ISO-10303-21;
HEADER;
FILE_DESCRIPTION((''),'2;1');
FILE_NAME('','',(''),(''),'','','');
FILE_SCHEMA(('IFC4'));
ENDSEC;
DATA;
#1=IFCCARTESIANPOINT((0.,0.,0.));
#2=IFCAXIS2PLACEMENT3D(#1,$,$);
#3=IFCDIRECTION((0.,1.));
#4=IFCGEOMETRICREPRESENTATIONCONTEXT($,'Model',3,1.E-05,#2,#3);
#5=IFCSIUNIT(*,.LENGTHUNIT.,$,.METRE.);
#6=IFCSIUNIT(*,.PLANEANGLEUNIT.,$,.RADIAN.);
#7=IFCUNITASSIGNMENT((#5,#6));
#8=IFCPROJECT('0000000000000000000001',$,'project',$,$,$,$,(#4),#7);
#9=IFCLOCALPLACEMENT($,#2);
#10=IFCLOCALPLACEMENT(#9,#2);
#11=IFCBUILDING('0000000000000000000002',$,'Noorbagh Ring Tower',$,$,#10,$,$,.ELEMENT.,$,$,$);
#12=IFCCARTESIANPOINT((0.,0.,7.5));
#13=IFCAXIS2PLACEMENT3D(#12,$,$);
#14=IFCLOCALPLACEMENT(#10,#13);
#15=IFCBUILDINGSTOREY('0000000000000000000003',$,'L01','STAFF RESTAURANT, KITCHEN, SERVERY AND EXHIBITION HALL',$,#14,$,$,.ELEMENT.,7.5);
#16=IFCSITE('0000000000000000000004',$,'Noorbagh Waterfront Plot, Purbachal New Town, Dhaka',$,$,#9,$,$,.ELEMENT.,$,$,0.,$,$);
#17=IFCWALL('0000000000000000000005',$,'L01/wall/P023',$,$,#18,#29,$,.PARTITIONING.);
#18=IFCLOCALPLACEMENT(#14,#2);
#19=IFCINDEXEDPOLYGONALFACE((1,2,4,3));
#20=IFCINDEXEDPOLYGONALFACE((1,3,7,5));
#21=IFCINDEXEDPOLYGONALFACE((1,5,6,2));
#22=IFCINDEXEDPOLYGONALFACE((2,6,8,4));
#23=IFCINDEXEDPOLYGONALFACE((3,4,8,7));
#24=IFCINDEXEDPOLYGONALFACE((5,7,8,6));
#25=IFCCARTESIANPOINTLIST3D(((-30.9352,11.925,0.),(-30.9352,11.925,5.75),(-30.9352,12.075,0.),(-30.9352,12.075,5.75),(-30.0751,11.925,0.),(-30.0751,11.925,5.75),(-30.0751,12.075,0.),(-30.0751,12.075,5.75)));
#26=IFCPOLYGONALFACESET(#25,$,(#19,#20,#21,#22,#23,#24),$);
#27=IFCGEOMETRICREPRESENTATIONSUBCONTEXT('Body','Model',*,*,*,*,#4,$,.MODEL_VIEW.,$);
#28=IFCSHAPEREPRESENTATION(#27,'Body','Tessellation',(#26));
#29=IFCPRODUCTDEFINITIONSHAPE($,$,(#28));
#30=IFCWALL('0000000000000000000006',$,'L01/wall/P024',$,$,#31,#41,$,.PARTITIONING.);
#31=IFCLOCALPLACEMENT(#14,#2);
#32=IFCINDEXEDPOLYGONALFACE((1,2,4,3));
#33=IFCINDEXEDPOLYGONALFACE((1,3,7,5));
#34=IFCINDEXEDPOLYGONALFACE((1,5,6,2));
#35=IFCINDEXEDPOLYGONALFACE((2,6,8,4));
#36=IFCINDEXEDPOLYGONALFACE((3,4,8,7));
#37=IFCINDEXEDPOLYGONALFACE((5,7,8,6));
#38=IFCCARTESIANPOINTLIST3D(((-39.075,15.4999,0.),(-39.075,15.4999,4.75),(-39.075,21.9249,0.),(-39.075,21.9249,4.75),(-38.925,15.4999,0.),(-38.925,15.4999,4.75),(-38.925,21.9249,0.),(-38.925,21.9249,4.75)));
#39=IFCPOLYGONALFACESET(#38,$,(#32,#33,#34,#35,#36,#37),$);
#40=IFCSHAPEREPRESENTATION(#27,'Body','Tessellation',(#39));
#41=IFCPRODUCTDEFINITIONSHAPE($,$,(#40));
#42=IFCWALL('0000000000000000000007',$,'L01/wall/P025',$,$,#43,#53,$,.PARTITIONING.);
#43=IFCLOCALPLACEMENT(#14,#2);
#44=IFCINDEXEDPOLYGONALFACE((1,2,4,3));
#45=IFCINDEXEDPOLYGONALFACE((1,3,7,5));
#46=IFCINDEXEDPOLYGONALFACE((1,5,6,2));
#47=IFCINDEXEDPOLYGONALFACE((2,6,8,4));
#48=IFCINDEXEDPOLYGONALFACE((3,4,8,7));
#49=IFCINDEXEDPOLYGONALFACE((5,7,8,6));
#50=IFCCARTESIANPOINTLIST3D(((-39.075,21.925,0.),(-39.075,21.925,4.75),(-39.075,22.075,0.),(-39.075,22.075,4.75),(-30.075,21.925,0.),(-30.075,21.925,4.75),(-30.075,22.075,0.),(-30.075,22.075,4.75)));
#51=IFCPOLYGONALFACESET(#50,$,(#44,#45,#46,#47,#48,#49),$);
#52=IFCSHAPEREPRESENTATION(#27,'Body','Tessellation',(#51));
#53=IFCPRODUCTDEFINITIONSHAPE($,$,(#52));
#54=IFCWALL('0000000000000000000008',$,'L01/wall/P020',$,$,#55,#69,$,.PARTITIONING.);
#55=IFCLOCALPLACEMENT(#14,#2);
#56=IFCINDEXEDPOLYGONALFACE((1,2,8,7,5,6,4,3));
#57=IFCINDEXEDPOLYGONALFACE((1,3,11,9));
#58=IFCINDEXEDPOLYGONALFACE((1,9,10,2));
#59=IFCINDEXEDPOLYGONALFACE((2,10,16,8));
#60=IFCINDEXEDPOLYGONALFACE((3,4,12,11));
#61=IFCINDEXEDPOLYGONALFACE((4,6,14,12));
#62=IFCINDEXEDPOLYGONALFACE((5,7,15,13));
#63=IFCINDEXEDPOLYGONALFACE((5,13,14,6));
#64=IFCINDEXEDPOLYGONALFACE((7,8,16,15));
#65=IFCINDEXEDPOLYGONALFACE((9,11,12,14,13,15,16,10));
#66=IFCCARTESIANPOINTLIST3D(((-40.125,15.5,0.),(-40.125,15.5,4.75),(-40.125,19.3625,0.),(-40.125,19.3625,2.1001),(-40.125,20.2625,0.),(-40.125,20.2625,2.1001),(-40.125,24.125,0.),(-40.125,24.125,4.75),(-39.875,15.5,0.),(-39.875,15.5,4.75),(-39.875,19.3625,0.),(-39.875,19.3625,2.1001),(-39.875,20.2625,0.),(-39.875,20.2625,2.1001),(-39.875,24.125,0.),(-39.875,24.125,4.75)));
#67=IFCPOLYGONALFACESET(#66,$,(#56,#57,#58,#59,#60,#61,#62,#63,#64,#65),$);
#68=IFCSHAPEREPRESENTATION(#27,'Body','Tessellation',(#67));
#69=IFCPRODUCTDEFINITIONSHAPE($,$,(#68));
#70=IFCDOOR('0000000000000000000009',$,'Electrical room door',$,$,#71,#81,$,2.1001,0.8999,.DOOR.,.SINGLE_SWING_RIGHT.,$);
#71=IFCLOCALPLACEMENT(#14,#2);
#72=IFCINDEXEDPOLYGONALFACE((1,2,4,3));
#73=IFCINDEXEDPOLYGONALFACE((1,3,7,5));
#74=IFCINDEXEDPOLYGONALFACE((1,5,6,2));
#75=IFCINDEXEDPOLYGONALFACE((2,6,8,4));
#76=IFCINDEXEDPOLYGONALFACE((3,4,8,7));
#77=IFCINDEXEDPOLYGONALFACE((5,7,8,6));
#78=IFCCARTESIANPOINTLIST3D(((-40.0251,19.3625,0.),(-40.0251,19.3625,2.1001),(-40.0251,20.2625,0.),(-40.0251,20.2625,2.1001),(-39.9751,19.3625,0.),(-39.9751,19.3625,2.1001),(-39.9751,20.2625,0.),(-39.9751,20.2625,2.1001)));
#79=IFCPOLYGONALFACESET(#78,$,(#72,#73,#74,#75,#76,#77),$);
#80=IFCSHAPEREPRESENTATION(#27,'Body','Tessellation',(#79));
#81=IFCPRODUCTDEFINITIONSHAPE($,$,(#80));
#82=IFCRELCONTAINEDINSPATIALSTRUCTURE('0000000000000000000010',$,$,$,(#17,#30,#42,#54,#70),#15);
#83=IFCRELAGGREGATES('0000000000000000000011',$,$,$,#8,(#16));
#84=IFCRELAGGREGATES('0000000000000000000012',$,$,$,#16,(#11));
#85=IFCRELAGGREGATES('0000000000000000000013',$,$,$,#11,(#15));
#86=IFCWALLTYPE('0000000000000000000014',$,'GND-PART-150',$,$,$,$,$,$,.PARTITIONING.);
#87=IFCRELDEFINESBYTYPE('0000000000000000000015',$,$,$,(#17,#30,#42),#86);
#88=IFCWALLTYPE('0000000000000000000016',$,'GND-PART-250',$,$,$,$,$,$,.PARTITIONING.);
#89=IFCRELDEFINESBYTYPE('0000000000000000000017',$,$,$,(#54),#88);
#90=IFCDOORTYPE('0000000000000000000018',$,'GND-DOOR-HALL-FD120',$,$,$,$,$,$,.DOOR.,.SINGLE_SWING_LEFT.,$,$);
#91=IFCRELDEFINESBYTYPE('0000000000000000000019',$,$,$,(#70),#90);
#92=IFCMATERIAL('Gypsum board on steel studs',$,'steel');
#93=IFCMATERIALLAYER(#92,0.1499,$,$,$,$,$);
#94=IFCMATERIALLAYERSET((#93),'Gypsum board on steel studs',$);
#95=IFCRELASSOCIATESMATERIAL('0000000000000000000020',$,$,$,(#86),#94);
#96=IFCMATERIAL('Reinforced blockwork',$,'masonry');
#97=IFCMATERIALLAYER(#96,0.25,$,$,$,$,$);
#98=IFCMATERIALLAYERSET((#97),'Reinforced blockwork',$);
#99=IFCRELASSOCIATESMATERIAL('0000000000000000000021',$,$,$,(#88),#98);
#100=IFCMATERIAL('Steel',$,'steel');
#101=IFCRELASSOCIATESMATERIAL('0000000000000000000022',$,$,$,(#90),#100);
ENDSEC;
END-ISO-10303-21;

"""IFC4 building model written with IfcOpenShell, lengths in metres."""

from ifc_helpers import new_model, si_unit, direction, frame, frame_2d, origin, place, context, subcontext, project, spatial, rectangle, extrude, material, layer, layer_set, type_object, element, fill, save


model = new_model("IFC4")

# Units and contexts
model_context = context("Model", 3, precision=1e-05, world=origin(), true_north=direction((0.0, 1.0)))
body_context = subcontext(model_context, "Body", "Model", "MODEL_VIEW")
ifc_project = project(units=[si_unit("LENGTHUNIT", "METRE"), si_unit("PLANEANGLEUNIT", "RADIAN")], contexts=[model_context])

# Site, building, storey
site_placement = place(None, origin())
site = spatial("IfcSite", under=ifc_project, at=site_placement, Name="Noorbagh Waterfront Plot, Purbachal New Town, Dhaka", CompositionType="ELEMENT", RefElevation=0.0)
building_placement = place(site_placement, origin())
building = spatial("IfcBuilding", under=site, at=building_placement, Name="Noorbagh Ring Tower", CompositionType="ELEMENT")
storey_placement = place(building_placement, frame((0.0, 0.0, 7.5)))
storey = spatial("IfcBuildingStorey", under=building, at=storey_placement, Name="L01", Description="STAFF RESTAURANT, KITCHEN, SERVERY AND EXHIBITION HALL", CompositionType="ELEMENT", Elevation=7.5)

# Walls
ifc_material_1 = material(Name="Gypsum board on steel studs", Category="steel")
ifc_layer_1 = layer(ifc_material_1, 0.1499)
ifc_layer_set_1 = layer_set([ifc_layer_1], Name="Gypsum board on steel studs")
wall_type_1 = type_object("IfcWallType", Name="GND-PART-150", PredefinedType="PARTITIONING", material=ifc_layer_set_1)
wall_1_placement = place(storey_placement, frame((-30.075, 12.0, 0.0), z_axis=(0.0, 0.0, 1.0), x_axis=(-1.0, 0.0, 0.0)))
element("IfcWall", 1, at=wall_1_placement, inside=storey, type_object=wall_type_1, Name="L01/wall/P023", PredefinedType="PARTITIONING", context=body_context, shape_type="SweptSolid", body=[
    extrude(rectangle(XDim=0.8601, YDim=0.1499, at=frame_2d((0.4302, 0.0))), origin(), (0.0, 0.0, 1.0), 5.75),
])
wall_2_placement = place(storey_placement, frame((-39.0, 15.5, 0.0), z_axis=(0.0, 0.0, 1.0), x_axis=(0.0, 1.0, 0.0)))
element("IfcWall", 2, at=wall_2_placement, inside=storey, type_object=wall_type_1, Name="L01/wall/P024", PredefinedType="PARTITIONING", context=body_context, shape_type="SweptSolid", body=[
    extrude(rectangle(XDim=6.425, YDim=0.1499, at=frame_2d((3.2124, 0.0))), origin(), (0.0, 0.0, 1.0), 4.75),
])
wall_3_placement = place(storey_placement, frame((-39.075, 22.0, 0.0), z_axis=(0.0, 0.0, 1.0), x_axis=(1.0, 0.0, 0.0)))
element("IfcWall", 3, at=wall_3_placement, inside=storey, type_object=wall_type_1, Name="L01/wall/P025", PredefinedType="PARTITIONING", context=body_context, shape_type="SweptSolid", body=[
    extrude(rectangle(XDim=9.0, YDim=0.1499, at=frame_2d((4.5, 0.0))), origin(), (0.0, 0.0, 1.0), 4.75),
])

# Wall, opening, door
ifc_material_2 = material(Name="Reinforced blockwork", Category="masonry")
ifc_layer_2 = layer(ifc_material_2, 0.25)
ifc_layer_set_2 = layer_set([ifc_layer_2], Name="Reinforced blockwork")
wall_type_2 = type_object("IfcWallType", Name="GND-PART-250", PredefinedType="PARTITIONING", material=ifc_layer_set_2)
wall_4_placement = place(storey_placement, frame((-40.0, 24.125, 0.0), z_axis=(0.0, 0.0, 1.0), x_axis=(0.0, -1.0, 0.0)))
wall_4 = element("IfcWall", 4, at=wall_4_placement, inside=storey, type_object=wall_type_2, Name="L01/wall/P020", PredefinedType="PARTITIONING", context=body_context, shape_type="SweptSolid", body=[
    extrude(rectangle(XDim=8.625, YDim=0.25, at=frame_2d((4.3125, 0.0))), origin(), (0.0, 0.0, 1.0), 4.75),
])
opening_1_placement = place(wall_4_placement, frame((3.8625, 0.0, 0.0)))
opening_1 = element("IfcOpeningElement", 5, at=opening_1_placement, cuts=wall_4, PredefinedType="OPENING", context=body_context, shape_type="SweptSolid", body=[
    extrude(rectangle(XDim=0.8999, YDim=2.1001, at=frame_2d((0.45, 1.05))), frame((0.0, 0.135, 0.0), z_axis=(0.0, -1.0, 0.0), x_axis=(1.0, 0.0, 0.0)), (0.0, 0.0, 1.0), 0.27),
])
ifc_material_3 = material(Name="Steel", Category="steel")
door_type = type_object("IfcDoorType", Name="GND-DOOR-HALL-FD120", OperationType="SINGLE_SWING_LEFT", PredefinedType="DOOR", material=ifc_material_3)
door_placement = place(opening_1_placement, origin())
door = element("IfcDoor", 6, at=door_placement, inside=storey, type_object=door_type, Name="Electrical room door", OperationType="SINGLE_SWING_RIGHT", OverallHeight=2.1001, OverallWidth=0.8999, PredefinedType="DOOR", context=body_context, shape_type="SweptSolid", body=[
    extrude(rectangle(XDim=0.8999, YDim=2.1001, at=frame_2d((0.45, 1.05))), frame((0.0, 0.0249, 0.0), z_axis=(0.0, -1.0, 0.0), x_axis=(1.0, 0.0, 0.0)), (0.0, 0.0, 1.0), 0.05),
])
fill(opening_1, door)

save(model, "model.ifc")
